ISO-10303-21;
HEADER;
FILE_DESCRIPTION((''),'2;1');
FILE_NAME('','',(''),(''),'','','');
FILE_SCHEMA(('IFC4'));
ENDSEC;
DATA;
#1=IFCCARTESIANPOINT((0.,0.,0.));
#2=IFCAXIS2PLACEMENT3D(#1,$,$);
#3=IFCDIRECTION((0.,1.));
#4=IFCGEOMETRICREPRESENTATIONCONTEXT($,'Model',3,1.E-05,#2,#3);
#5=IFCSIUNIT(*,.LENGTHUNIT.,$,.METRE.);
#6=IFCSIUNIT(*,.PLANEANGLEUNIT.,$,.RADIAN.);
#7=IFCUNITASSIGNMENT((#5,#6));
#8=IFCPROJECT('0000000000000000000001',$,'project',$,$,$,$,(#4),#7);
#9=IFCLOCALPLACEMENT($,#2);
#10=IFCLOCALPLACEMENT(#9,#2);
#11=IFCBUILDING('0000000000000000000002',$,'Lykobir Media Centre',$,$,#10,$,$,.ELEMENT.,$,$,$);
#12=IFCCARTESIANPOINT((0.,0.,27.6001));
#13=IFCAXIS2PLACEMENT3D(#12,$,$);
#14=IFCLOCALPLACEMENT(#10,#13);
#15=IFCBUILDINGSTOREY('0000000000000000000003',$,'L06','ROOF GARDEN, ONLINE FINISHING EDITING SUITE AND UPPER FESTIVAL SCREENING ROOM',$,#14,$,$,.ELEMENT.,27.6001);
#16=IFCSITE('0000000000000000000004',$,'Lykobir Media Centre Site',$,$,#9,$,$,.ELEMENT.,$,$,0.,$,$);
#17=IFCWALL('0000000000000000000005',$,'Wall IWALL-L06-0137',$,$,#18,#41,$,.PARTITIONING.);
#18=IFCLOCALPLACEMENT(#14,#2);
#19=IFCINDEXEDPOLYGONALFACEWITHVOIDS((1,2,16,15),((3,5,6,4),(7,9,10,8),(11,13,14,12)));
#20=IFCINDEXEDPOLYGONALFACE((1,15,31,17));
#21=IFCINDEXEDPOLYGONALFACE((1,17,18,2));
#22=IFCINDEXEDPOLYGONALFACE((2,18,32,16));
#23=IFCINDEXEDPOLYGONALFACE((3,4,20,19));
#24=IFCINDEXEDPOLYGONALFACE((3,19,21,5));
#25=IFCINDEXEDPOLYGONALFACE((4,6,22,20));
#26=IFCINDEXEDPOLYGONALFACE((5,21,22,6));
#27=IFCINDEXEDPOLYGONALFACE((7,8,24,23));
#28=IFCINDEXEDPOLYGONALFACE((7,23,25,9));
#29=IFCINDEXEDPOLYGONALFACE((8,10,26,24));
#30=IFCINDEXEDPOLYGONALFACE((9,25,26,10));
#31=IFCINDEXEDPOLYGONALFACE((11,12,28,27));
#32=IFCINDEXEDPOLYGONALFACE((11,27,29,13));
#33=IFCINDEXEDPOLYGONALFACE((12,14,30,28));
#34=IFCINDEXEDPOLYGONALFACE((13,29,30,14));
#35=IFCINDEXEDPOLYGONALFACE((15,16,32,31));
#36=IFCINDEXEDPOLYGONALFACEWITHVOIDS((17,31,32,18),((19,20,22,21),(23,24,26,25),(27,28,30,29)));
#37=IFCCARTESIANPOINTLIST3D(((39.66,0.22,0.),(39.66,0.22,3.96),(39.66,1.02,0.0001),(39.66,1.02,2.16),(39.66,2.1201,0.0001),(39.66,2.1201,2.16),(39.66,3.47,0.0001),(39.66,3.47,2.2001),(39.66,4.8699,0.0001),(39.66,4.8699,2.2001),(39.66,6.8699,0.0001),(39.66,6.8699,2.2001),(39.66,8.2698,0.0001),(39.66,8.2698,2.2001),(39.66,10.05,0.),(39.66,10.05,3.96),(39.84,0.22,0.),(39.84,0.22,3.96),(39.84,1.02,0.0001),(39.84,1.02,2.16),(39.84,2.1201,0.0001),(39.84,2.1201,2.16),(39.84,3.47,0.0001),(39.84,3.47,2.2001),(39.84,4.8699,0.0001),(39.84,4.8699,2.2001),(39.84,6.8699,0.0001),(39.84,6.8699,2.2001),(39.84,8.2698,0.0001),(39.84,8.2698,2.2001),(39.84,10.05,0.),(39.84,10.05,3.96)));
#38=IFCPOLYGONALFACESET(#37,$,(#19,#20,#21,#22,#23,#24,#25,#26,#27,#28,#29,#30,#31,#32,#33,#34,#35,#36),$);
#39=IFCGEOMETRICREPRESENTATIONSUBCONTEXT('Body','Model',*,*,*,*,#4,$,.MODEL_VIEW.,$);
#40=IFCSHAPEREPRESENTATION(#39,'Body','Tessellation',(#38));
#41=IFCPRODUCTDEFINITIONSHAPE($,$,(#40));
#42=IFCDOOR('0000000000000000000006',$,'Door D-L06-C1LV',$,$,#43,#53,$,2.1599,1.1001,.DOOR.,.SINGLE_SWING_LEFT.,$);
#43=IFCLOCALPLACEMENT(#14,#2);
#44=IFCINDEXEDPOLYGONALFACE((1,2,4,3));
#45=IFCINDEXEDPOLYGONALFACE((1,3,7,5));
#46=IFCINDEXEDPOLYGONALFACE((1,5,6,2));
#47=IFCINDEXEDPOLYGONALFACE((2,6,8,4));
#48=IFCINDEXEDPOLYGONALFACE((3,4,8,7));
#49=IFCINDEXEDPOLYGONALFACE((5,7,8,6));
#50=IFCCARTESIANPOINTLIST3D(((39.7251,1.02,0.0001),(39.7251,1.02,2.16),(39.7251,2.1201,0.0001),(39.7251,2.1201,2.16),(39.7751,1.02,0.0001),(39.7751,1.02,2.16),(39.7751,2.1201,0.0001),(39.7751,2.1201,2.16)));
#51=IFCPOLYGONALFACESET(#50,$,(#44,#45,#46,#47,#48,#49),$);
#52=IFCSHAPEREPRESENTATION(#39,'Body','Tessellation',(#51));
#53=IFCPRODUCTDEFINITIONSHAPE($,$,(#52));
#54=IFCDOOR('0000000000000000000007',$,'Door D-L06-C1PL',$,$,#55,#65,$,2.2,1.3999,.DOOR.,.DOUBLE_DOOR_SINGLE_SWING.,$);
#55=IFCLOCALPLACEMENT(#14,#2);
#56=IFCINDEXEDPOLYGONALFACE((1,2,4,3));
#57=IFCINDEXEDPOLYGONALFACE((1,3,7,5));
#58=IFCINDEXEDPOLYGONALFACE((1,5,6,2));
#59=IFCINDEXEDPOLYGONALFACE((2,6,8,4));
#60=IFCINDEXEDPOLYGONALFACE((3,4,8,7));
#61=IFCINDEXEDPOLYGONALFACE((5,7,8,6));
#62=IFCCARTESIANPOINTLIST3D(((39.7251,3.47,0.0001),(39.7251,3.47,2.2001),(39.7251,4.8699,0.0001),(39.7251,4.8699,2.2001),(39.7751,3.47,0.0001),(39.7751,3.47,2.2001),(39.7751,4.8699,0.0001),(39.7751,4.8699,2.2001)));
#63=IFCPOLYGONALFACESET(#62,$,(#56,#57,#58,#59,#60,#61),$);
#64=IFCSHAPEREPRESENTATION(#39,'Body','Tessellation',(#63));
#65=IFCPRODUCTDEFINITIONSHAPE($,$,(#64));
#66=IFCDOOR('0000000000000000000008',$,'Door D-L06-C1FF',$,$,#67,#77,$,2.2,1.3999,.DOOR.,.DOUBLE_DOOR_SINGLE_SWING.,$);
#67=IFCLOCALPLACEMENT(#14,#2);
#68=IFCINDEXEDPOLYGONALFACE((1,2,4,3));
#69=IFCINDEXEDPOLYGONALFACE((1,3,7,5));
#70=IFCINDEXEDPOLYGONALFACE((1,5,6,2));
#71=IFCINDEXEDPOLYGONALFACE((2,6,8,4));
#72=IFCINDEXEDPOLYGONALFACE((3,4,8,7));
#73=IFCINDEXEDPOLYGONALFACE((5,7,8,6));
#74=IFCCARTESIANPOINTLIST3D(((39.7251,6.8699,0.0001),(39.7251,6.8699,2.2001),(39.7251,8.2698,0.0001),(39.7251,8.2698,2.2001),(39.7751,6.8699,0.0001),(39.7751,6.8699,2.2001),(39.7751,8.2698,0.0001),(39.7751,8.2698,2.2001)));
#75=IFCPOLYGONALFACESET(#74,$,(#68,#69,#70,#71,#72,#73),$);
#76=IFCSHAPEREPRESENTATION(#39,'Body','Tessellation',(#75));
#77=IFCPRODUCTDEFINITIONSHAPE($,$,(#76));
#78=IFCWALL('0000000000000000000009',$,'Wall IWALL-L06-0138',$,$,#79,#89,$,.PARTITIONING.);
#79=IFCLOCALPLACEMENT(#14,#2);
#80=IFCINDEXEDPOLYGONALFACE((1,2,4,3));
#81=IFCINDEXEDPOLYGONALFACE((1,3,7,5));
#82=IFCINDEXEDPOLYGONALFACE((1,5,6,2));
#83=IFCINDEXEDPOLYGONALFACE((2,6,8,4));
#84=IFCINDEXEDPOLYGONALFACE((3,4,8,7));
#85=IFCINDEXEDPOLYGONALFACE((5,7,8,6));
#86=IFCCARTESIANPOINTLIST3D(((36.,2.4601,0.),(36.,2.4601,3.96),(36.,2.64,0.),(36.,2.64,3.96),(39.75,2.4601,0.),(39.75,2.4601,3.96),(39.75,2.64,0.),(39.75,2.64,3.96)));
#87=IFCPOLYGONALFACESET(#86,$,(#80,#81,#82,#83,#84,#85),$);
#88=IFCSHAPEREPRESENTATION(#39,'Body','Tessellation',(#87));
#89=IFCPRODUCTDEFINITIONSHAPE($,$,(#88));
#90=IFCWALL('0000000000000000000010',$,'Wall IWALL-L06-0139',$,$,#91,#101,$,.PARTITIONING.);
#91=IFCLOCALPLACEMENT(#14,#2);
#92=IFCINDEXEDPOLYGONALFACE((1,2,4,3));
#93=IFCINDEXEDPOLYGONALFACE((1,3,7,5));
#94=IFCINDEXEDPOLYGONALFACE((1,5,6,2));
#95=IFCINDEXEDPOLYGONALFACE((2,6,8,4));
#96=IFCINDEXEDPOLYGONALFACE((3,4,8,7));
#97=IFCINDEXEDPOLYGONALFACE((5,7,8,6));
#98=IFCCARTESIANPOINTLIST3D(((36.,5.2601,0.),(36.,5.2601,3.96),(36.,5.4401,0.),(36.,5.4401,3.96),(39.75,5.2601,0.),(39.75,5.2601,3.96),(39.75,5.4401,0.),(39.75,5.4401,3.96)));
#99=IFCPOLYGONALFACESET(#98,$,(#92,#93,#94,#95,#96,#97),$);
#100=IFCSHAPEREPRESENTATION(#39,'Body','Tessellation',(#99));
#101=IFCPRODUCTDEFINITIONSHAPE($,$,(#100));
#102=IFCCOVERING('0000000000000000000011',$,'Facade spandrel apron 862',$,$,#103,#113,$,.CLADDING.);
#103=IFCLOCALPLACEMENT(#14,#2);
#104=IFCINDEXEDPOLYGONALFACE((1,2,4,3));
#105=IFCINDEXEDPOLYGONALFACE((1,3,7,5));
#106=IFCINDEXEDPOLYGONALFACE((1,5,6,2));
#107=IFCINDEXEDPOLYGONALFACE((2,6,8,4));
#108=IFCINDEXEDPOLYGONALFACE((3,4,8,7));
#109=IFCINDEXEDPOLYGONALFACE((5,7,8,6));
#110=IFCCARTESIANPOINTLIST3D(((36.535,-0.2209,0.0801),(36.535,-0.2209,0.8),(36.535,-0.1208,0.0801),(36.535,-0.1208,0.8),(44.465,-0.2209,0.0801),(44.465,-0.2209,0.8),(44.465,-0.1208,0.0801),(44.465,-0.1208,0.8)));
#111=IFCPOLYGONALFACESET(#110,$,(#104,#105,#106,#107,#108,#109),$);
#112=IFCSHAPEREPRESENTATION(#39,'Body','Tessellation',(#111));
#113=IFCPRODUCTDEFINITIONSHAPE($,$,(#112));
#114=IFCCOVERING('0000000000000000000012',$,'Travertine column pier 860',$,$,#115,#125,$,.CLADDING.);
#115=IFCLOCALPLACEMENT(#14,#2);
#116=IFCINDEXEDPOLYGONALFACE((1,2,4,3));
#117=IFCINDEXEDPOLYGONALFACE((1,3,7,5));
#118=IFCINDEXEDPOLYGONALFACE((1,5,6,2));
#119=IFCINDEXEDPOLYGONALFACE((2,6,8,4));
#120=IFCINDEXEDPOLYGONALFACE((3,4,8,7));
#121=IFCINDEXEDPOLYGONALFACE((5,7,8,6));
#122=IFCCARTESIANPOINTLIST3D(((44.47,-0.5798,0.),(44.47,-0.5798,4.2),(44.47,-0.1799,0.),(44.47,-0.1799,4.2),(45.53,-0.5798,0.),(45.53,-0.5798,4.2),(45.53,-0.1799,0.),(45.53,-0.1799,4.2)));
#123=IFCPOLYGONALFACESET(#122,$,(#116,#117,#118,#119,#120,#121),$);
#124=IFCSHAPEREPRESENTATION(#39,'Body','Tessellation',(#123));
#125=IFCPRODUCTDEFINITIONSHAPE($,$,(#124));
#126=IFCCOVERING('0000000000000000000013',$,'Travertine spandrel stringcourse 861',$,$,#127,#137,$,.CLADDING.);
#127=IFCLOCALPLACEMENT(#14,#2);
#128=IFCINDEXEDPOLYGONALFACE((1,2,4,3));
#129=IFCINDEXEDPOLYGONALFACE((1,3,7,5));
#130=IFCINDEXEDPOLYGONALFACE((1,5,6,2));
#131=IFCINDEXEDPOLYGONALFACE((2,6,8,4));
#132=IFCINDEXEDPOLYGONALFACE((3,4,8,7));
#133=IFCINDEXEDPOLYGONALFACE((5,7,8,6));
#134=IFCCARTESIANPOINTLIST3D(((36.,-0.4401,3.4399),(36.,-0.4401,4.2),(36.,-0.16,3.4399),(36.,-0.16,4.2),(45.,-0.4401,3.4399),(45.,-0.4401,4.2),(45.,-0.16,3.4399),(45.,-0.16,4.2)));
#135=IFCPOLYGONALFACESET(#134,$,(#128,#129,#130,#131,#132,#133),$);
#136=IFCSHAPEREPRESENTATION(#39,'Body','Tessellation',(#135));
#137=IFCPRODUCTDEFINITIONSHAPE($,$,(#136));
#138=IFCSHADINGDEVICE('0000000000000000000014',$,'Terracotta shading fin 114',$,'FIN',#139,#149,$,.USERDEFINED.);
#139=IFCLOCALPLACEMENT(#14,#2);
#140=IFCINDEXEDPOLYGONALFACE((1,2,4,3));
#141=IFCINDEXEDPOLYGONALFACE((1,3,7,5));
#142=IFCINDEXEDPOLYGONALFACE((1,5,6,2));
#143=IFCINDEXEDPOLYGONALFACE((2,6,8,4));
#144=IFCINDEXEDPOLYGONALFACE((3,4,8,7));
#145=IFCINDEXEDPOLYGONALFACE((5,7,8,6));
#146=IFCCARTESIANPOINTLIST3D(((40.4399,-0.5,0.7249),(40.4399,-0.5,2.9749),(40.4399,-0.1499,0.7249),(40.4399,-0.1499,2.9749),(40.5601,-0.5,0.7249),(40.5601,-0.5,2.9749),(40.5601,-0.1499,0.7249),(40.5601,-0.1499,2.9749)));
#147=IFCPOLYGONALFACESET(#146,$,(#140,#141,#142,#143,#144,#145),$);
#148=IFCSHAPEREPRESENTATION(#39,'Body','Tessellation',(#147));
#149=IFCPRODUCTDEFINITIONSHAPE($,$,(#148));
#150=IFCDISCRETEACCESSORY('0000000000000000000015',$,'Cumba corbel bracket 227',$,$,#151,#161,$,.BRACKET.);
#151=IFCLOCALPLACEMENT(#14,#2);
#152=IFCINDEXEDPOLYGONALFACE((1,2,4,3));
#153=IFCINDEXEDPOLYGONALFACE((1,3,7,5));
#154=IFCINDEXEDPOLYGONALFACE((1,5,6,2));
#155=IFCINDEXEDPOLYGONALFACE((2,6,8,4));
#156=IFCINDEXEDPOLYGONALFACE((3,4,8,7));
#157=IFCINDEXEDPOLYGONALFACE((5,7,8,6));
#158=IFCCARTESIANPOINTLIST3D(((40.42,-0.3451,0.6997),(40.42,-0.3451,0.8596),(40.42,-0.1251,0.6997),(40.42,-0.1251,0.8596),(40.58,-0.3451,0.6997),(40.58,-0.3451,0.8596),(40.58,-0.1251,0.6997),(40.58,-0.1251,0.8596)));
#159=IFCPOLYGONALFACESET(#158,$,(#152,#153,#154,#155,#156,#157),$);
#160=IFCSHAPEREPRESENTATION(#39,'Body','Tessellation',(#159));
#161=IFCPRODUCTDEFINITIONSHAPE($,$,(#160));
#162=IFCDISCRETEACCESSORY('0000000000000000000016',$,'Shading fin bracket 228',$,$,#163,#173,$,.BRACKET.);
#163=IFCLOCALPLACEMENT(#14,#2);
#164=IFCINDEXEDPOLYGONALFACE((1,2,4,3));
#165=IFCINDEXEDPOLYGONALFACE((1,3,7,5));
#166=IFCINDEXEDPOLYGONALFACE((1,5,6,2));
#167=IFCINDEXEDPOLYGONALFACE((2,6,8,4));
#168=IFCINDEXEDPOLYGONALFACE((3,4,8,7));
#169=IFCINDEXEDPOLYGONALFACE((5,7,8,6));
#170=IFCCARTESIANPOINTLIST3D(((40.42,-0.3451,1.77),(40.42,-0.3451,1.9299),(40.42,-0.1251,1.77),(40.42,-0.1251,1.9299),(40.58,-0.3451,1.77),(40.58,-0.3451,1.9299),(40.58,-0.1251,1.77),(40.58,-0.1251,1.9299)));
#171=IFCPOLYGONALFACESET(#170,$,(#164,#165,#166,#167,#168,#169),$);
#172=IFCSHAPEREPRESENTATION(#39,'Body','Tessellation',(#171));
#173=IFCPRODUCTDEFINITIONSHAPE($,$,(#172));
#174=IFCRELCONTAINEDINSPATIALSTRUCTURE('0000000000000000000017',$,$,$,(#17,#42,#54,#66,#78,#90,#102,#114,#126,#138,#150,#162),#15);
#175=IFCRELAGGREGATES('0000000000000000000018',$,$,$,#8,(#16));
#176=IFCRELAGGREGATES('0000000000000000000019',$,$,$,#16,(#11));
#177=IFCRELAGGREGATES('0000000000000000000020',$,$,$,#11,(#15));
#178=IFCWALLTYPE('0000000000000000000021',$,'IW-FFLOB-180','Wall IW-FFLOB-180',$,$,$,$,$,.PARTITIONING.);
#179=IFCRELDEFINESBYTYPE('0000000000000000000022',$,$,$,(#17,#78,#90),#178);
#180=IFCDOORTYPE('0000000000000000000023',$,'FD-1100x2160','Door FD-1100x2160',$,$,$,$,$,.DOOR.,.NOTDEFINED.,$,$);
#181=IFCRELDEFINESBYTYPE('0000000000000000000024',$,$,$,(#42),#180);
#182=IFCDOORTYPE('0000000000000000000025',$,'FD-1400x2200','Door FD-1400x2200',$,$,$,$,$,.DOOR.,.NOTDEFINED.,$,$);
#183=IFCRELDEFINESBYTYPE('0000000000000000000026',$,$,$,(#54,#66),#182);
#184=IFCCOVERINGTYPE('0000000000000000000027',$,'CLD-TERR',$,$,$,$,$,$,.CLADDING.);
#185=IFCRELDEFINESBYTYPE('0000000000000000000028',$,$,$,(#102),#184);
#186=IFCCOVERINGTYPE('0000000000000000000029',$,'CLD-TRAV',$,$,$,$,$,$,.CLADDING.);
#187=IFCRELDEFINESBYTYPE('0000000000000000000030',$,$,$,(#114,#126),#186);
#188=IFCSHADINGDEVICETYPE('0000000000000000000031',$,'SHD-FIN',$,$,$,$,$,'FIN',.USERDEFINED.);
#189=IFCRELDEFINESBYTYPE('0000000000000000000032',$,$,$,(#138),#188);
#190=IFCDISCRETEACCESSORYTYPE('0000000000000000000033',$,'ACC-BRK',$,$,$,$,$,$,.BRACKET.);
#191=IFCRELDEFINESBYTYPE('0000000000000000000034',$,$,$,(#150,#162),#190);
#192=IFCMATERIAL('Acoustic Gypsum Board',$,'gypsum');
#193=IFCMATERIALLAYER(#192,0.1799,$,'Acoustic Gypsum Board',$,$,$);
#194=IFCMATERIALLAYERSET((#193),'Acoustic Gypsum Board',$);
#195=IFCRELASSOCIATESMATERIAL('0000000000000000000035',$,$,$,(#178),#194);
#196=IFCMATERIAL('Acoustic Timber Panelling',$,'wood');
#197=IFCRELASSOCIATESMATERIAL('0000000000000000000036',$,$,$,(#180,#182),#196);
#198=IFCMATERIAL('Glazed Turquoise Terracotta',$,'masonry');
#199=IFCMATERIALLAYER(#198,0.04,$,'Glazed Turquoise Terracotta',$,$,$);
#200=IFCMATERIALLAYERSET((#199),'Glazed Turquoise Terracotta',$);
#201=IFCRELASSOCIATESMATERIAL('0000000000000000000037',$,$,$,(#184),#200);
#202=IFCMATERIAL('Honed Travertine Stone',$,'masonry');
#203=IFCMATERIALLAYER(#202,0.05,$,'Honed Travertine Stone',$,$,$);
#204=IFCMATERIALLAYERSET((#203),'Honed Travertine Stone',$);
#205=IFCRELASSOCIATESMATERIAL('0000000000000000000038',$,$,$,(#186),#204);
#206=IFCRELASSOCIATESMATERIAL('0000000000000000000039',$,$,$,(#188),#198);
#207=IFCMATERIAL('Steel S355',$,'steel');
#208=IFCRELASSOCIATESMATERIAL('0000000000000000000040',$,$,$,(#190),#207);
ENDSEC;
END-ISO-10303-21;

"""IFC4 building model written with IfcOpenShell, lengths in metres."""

from ifc_helpers import new_model, si_unit, direction, frame, frame_2d, origin, origin_2d, place, context, subcontext, project, spatial, rectangle, extrude, material, layer, layer_set, type_object, element, fill, save


model = new_model("IFC4")

# Units and contexts
model_context = context("Model", 3, precision=1e-05, world=origin(), true_north=direction((0.0, 1.0)))
body_context = subcontext(model_context, "Body", "Model", "MODEL_VIEW")
ifc_project = project(units=[si_unit("LENGTHUNIT", "METRE"), si_unit("PLANEANGLEUNIT", "RADIAN")], contexts=[model_context])

# Site, building, storey
site_placement = place(None, origin())
site = spatial("IfcSite", under=ifc_project, at=site_placement, Name="Lykobir Media Centre Site", CompositionType="ELEMENT", RefElevation=0.0)
building_placement = place(site_placement, origin())
building = spatial("IfcBuilding", under=site, at=building_placement, Name="Lykobir Media Centre", CompositionType="ELEMENT")
storey_placement = place(building_placement, frame((0.0, 0.0, 27.6001)))
storey = spatial("IfcBuildingStorey", under=building, at=storey_placement, Name="L06", Description="ROOF GARDEN, ONLINE FINISHING EDITING SUITE AND UPPER FESTIVAL SCREENING ROOM", CompositionType="ELEMENT", Elevation=27.6001)

# Shared definitions
ifc_material_1 = material(Name="Steel S355", Category="steel")

# Shared definitions
ifc_material_2 = material(Name="Glazed Turquoise Terracotta", Category="masonry")

# Shared definitions
ifc_material_3 = material(Name="Acoustic Gypsum Board", Category="gypsum")

# Wall, openings, doors
ifc_layer_1 = layer(ifc_material_3, 0.1799, Name="Acoustic Gypsum Board")
ifc_layer_set_1 = layer_set([ifc_layer_1], Name="Acoustic Gypsum Board")
wall_type_1 = type_object("IfcWallType", Name="IW-FFLOB-180", Description="Wall IW-FFLOB-180", PredefinedType="PARTITIONING", material=ifc_layer_set_1)
wall_1_placement = place(storey_placement, frame((39.75, 0.22, 0.0), z_axis=(0.0, 0.0, 1.0), x_axis=(0.0, 1.0, 0.0)))
wall_1 = element("IfcWall", 1, at=wall_1_placement, inside=storey, type_object=wall_type_1, Name="Wall IWALL-L06-0137", PredefinedType="PARTITIONING", context=body_context, shape_type="SweptSolid", body=[
    extrude(rectangle(XDim=9.8301, YDim=0.1799, at=frame_2d((4.915, 0.0))), origin(), (0.0, 0.0, 1.0), 3.96),
])
opening_1_placement = place(wall_1_placement, frame((0.8, 0.0, 0.0)))
opening_1 = element("IfcOpeningElement", 2, at=opening_1_placement, cuts=wall_1, PredefinedType="OPENING", context=body_context, shape_type="SweptSolid", body=[
    extrude(rectangle(XDim=1.1001, YDim=2.1599, at=frame_2d((0.55, 1.0801))), frame((0.0, 0.0999, 0.0), z_axis=(0.0, -1.0, 0.0), x_axis=(1.0, 0.0, 0.0)), (0.0, 0.0, 1.0), 0.2),
])
opening_2_placement = place(wall_1_placement, frame((3.25, 0.0, 0.0)))
opening_2 = element("IfcOpeningElement", 3, at=opening_2_placement, cuts=wall_1, PredefinedType="OPENING", context=body_context, shape_type="SweptSolid", body=[
    extrude(rectangle(XDim=1.3999, YDim=2.2, at=frame_2d((0.7, 1.1001))), frame((0.0, 0.0999, 0.0), z_axis=(0.0, -1.0, 0.0), x_axis=(1.0, 0.0, 0.0)), (0.0, 0.0, 1.0), 0.2),
])
opening_3_placement = place(wall_1_placement, frame((6.6499, 0.0, 0.0)))
opening_3 = element("IfcOpeningElement", 4, at=opening_3_placement, cuts=wall_1, PredefinedType="OPENING", context=body_context, shape_type="SweptSolid", body=[
    extrude(rectangle(XDim=1.3999, YDim=2.2, at=frame_2d((0.7, 1.1001))), frame((0.0, 0.0999, 0.0), z_axis=(0.0, -1.0, 0.0), x_axis=(1.0, 0.0, 0.0)), (0.0, 0.0, 1.0), 0.2),
])
ifc_material_4 = material(Name="Acoustic Timber Panelling", Category="wood")
door_type_1 = type_object("IfcDoorType", Name="FD-1100x2160", Description="Door FD-1100x2160", OperationType="NOTDEFINED", PredefinedType="DOOR", material=ifc_material_4)
door_1_placement = place(opening_1_placement, origin())
door_1 = element("IfcDoor", 5, at=door_1_placement, inside=storey, type_object=door_type_1, Name="Door D-L06-C1LV", OperationType="SINGLE_SWING_LEFT", OverallHeight=2.1599, OverallWidth=1.1001, PredefinedType="DOOR", context=body_context, shape_type="SweptSolid", body=[
    extrude(rectangle(XDim=1.1001, YDim=2.1599, at=frame_2d((0.55, 1.0801))), frame((0.0, 0.0249, 0.0), z_axis=(0.0, -1.0, 0.0), x_axis=(1.0, 0.0, 0.0)), (0.0, 0.0, 1.0), 0.05),
])
fill(opening_1, door_1)
door_type_2 = type_object("IfcDoorType", Name="FD-1400x2200", Description="Door FD-1400x2200", OperationType="NOTDEFINED", PredefinedType="DOOR", material=ifc_material_4)
door_2_placement = place(opening_2_placement, origin())
door_2 = element("IfcDoor", 6, at=door_2_placement, inside=storey, type_object=door_type_2, Name="Door D-L06-C1PL", OperationType="DOUBLE_DOOR_SINGLE_SWING", OverallHeight=2.2, OverallWidth=1.3999, PredefinedType="DOOR", context=body_context, shape_type="SweptSolid", body=[
    extrude(rectangle(XDim=1.3999, YDim=2.2, at=frame_2d((0.7, 1.1001))), frame((0.0, 0.0249, 0.0), z_axis=(0.0, -1.0, 0.0), x_axis=(1.0, 0.0, 0.0)), (0.0, 0.0, 1.0), 0.05),
])
fill(opening_2, door_2)
door_3_placement = place(opening_3_placement, origin())
door_3 = element("IfcDoor", 7, at=door_3_placement, inside=storey, type_object=door_type_2, Name="Door D-L06-C1FF", OperationType="DOUBLE_DOOR_SINGLE_SWING", OverallHeight=2.2, OverallWidth=1.3999, PredefinedType="DOOR", context=body_context, shape_type="SweptSolid", body=[
    extrude(rectangle(XDim=1.3999, YDim=2.2, at=frame_2d((0.7, 1.1001))), frame((0.0, 0.0249, 0.0), z_axis=(0.0, -1.0, 0.0), x_axis=(1.0, 0.0, 0.0)), (0.0, 0.0, 1.0), 0.05),
])
fill(opening_3, door_3)

# Walls
for number, where, z_axis, x_axis, name in (
    (8, (36.0, 2.55, 0.0), (0.0, 0.0, 1.0), (1.0, 0.0, 0.0), "Wall IWALL-L06-0138"),
    (9, (36.0, 5.3501, 0.0), (0.0, 0.0, 1.0), (1.0, 0.0, 0.0), "Wall IWALL-L06-0139"),
):
    element("IfcWall", number, at=place(storey_placement, frame(where, z_axis=z_axis, x_axis=x_axis)), inside=storey, type_object=wall_type_1, Name=name, PredefinedType="PARTITIONING", context=body_context, shape_type="SweptSolid", body=[
        extrude(rectangle(XDim=3.75, YDim=0.1799, at=frame_2d((1.875, 0.0))), origin(), (0.0, 0.0, 1.0), 3.96),
    ])

# Coverings
ifc_layer_2 = layer(ifc_material_2, 0.04, Name="Glazed Turquoise Terracotta")
ifc_layer_set_2 = layer_set([ifc_layer_2], Name="Glazed Turquoise Terracotta")
covering_type_1 = type_object("IfcCoveringType", Name="CLD-TERR", PredefinedType="CLADDING", material=ifc_layer_set_2)
covering_1_placement = place(storey_placement, frame((40.5, -0.1709, 0.0801), z_axis=(0.0, 0.0, 1.0), x_axis=(1.0, 0.0, 0.0)))
element("IfcCovering", 10, at=covering_1_placement, inside=storey, type_object=covering_type_1, Name="Facade spandrel apron 862", PredefinedType="CLADDING", context=body_context, shape_type="SweptSolid", body=[
    extrude(rectangle(XDim=7.9299, YDim=0.1001, at=origin_2d()), origin(), (0.0, 0.0, 1.0), 0.72),
])
ifc_material_5 = material(Name="Honed Travertine Stone", Category="masonry")
ifc_layer_3 = layer(ifc_material_5, 0.05, Name="Honed Travertine Stone")
ifc_layer_set_3 = layer_set([ifc_layer_3], Name="Honed Travertine Stone")
covering_type_2 = type_object("IfcCoveringType", Name="CLD-TRAV", PredefinedType="CLADDING", material=ifc_layer_set_3)
covering_2_placement = place(storey_placement, frame((45.0, -0.3799, 0.0), z_axis=(0.0, 0.0, 1.0), x_axis=(1.0, 0.0, 0.0)))
element("IfcCovering", 11, at=covering_2_placement, inside=storey, type_object=covering_type_2, Name="Travertine column pier 860", PredefinedType="CLADDING", context=body_context, shape_type="SweptSolid", body=[
    extrude(rectangle(XDim=1.0601, YDim=0.3999, at=origin_2d()), origin(), (0.0, 0.0, 1.0), 4.2),
])
covering_3_placement = place(storey_placement, frame((40.5, -0.3, 3.4399), z_axis=(0.0, 0.0, 1.0), x_axis=(1.0, 0.0, 0.0)))
element("IfcCovering", 12, at=covering_3_placement, inside=storey, type_object=covering_type_2, Name="Travertine spandrel stringcourse 861", PredefinedType="CLADDING", context=body_context, shape_type="SweptSolid", body=[
    extrude(rectangle(XDim=9.0, YDim=0.28, at=origin_2d()), origin(), (0.0, 0.0, 1.0), 0.76),
])

# Shading device
shading_device_type = type_object("IfcShadingDeviceType", Name="SHD-FIN", ElementType="FIN", PredefinedType="USERDEFINED", material=ifc_material_2)
shading_device_placement = place(storey_placement, frame((40.5, -0.325, 0.7249), z_axis=(0.0, 0.0, 1.0), x_axis=(1.0, 0.0, 0.0)))
element("IfcShadingDevice", 13, at=shading_device_placement, inside=storey, type_object=shading_device_type, Name="Terracotta shading fin 114", ObjectType="FIN", PredefinedType="USERDEFINED", context=body_context, shape_type="SweptSolid", body=[
    extrude(rectangle(XDim=0.1201, YDim=0.3501, at=origin_2d()), origin(), (0.0, 0.0, 1.0), 2.25),
])

# Discrete accessories
discrete_accessory_type = type_object("IfcDiscreteAccessoryType", Name="ACC-BRK", PredefinedType="BRACKET", material=ifc_material_1)
for number, where, z_axis, x_axis, name in (
    (14, (40.5, -0.2351, 0.6997), (0.0, 0.0, 1.0), (1.0, 0.0, 0.0), "Cumba corbel bracket 227"),
    (15, (40.5, -0.2351, 1.77), (0.0, 0.0, 1.0), (1.0, 0.0, 0.0), "Shading fin bracket 228"),
):
    element("IfcDiscreteAccessory", number, at=place(storey_placement, frame(where, z_axis=z_axis, x_axis=x_axis)), inside=storey, type_object=discrete_accessory_type, Name=name, PredefinedType="BRACKET", context=body_context, shape_type="SweptSolid", body=[
        extrude(rectangle(XDim=0.1599, YDim=0.22, at=origin_2d()), origin(), (0.0, 0.0, 1.0), 0.1599),
    ])

save(model, "model.ifc")
